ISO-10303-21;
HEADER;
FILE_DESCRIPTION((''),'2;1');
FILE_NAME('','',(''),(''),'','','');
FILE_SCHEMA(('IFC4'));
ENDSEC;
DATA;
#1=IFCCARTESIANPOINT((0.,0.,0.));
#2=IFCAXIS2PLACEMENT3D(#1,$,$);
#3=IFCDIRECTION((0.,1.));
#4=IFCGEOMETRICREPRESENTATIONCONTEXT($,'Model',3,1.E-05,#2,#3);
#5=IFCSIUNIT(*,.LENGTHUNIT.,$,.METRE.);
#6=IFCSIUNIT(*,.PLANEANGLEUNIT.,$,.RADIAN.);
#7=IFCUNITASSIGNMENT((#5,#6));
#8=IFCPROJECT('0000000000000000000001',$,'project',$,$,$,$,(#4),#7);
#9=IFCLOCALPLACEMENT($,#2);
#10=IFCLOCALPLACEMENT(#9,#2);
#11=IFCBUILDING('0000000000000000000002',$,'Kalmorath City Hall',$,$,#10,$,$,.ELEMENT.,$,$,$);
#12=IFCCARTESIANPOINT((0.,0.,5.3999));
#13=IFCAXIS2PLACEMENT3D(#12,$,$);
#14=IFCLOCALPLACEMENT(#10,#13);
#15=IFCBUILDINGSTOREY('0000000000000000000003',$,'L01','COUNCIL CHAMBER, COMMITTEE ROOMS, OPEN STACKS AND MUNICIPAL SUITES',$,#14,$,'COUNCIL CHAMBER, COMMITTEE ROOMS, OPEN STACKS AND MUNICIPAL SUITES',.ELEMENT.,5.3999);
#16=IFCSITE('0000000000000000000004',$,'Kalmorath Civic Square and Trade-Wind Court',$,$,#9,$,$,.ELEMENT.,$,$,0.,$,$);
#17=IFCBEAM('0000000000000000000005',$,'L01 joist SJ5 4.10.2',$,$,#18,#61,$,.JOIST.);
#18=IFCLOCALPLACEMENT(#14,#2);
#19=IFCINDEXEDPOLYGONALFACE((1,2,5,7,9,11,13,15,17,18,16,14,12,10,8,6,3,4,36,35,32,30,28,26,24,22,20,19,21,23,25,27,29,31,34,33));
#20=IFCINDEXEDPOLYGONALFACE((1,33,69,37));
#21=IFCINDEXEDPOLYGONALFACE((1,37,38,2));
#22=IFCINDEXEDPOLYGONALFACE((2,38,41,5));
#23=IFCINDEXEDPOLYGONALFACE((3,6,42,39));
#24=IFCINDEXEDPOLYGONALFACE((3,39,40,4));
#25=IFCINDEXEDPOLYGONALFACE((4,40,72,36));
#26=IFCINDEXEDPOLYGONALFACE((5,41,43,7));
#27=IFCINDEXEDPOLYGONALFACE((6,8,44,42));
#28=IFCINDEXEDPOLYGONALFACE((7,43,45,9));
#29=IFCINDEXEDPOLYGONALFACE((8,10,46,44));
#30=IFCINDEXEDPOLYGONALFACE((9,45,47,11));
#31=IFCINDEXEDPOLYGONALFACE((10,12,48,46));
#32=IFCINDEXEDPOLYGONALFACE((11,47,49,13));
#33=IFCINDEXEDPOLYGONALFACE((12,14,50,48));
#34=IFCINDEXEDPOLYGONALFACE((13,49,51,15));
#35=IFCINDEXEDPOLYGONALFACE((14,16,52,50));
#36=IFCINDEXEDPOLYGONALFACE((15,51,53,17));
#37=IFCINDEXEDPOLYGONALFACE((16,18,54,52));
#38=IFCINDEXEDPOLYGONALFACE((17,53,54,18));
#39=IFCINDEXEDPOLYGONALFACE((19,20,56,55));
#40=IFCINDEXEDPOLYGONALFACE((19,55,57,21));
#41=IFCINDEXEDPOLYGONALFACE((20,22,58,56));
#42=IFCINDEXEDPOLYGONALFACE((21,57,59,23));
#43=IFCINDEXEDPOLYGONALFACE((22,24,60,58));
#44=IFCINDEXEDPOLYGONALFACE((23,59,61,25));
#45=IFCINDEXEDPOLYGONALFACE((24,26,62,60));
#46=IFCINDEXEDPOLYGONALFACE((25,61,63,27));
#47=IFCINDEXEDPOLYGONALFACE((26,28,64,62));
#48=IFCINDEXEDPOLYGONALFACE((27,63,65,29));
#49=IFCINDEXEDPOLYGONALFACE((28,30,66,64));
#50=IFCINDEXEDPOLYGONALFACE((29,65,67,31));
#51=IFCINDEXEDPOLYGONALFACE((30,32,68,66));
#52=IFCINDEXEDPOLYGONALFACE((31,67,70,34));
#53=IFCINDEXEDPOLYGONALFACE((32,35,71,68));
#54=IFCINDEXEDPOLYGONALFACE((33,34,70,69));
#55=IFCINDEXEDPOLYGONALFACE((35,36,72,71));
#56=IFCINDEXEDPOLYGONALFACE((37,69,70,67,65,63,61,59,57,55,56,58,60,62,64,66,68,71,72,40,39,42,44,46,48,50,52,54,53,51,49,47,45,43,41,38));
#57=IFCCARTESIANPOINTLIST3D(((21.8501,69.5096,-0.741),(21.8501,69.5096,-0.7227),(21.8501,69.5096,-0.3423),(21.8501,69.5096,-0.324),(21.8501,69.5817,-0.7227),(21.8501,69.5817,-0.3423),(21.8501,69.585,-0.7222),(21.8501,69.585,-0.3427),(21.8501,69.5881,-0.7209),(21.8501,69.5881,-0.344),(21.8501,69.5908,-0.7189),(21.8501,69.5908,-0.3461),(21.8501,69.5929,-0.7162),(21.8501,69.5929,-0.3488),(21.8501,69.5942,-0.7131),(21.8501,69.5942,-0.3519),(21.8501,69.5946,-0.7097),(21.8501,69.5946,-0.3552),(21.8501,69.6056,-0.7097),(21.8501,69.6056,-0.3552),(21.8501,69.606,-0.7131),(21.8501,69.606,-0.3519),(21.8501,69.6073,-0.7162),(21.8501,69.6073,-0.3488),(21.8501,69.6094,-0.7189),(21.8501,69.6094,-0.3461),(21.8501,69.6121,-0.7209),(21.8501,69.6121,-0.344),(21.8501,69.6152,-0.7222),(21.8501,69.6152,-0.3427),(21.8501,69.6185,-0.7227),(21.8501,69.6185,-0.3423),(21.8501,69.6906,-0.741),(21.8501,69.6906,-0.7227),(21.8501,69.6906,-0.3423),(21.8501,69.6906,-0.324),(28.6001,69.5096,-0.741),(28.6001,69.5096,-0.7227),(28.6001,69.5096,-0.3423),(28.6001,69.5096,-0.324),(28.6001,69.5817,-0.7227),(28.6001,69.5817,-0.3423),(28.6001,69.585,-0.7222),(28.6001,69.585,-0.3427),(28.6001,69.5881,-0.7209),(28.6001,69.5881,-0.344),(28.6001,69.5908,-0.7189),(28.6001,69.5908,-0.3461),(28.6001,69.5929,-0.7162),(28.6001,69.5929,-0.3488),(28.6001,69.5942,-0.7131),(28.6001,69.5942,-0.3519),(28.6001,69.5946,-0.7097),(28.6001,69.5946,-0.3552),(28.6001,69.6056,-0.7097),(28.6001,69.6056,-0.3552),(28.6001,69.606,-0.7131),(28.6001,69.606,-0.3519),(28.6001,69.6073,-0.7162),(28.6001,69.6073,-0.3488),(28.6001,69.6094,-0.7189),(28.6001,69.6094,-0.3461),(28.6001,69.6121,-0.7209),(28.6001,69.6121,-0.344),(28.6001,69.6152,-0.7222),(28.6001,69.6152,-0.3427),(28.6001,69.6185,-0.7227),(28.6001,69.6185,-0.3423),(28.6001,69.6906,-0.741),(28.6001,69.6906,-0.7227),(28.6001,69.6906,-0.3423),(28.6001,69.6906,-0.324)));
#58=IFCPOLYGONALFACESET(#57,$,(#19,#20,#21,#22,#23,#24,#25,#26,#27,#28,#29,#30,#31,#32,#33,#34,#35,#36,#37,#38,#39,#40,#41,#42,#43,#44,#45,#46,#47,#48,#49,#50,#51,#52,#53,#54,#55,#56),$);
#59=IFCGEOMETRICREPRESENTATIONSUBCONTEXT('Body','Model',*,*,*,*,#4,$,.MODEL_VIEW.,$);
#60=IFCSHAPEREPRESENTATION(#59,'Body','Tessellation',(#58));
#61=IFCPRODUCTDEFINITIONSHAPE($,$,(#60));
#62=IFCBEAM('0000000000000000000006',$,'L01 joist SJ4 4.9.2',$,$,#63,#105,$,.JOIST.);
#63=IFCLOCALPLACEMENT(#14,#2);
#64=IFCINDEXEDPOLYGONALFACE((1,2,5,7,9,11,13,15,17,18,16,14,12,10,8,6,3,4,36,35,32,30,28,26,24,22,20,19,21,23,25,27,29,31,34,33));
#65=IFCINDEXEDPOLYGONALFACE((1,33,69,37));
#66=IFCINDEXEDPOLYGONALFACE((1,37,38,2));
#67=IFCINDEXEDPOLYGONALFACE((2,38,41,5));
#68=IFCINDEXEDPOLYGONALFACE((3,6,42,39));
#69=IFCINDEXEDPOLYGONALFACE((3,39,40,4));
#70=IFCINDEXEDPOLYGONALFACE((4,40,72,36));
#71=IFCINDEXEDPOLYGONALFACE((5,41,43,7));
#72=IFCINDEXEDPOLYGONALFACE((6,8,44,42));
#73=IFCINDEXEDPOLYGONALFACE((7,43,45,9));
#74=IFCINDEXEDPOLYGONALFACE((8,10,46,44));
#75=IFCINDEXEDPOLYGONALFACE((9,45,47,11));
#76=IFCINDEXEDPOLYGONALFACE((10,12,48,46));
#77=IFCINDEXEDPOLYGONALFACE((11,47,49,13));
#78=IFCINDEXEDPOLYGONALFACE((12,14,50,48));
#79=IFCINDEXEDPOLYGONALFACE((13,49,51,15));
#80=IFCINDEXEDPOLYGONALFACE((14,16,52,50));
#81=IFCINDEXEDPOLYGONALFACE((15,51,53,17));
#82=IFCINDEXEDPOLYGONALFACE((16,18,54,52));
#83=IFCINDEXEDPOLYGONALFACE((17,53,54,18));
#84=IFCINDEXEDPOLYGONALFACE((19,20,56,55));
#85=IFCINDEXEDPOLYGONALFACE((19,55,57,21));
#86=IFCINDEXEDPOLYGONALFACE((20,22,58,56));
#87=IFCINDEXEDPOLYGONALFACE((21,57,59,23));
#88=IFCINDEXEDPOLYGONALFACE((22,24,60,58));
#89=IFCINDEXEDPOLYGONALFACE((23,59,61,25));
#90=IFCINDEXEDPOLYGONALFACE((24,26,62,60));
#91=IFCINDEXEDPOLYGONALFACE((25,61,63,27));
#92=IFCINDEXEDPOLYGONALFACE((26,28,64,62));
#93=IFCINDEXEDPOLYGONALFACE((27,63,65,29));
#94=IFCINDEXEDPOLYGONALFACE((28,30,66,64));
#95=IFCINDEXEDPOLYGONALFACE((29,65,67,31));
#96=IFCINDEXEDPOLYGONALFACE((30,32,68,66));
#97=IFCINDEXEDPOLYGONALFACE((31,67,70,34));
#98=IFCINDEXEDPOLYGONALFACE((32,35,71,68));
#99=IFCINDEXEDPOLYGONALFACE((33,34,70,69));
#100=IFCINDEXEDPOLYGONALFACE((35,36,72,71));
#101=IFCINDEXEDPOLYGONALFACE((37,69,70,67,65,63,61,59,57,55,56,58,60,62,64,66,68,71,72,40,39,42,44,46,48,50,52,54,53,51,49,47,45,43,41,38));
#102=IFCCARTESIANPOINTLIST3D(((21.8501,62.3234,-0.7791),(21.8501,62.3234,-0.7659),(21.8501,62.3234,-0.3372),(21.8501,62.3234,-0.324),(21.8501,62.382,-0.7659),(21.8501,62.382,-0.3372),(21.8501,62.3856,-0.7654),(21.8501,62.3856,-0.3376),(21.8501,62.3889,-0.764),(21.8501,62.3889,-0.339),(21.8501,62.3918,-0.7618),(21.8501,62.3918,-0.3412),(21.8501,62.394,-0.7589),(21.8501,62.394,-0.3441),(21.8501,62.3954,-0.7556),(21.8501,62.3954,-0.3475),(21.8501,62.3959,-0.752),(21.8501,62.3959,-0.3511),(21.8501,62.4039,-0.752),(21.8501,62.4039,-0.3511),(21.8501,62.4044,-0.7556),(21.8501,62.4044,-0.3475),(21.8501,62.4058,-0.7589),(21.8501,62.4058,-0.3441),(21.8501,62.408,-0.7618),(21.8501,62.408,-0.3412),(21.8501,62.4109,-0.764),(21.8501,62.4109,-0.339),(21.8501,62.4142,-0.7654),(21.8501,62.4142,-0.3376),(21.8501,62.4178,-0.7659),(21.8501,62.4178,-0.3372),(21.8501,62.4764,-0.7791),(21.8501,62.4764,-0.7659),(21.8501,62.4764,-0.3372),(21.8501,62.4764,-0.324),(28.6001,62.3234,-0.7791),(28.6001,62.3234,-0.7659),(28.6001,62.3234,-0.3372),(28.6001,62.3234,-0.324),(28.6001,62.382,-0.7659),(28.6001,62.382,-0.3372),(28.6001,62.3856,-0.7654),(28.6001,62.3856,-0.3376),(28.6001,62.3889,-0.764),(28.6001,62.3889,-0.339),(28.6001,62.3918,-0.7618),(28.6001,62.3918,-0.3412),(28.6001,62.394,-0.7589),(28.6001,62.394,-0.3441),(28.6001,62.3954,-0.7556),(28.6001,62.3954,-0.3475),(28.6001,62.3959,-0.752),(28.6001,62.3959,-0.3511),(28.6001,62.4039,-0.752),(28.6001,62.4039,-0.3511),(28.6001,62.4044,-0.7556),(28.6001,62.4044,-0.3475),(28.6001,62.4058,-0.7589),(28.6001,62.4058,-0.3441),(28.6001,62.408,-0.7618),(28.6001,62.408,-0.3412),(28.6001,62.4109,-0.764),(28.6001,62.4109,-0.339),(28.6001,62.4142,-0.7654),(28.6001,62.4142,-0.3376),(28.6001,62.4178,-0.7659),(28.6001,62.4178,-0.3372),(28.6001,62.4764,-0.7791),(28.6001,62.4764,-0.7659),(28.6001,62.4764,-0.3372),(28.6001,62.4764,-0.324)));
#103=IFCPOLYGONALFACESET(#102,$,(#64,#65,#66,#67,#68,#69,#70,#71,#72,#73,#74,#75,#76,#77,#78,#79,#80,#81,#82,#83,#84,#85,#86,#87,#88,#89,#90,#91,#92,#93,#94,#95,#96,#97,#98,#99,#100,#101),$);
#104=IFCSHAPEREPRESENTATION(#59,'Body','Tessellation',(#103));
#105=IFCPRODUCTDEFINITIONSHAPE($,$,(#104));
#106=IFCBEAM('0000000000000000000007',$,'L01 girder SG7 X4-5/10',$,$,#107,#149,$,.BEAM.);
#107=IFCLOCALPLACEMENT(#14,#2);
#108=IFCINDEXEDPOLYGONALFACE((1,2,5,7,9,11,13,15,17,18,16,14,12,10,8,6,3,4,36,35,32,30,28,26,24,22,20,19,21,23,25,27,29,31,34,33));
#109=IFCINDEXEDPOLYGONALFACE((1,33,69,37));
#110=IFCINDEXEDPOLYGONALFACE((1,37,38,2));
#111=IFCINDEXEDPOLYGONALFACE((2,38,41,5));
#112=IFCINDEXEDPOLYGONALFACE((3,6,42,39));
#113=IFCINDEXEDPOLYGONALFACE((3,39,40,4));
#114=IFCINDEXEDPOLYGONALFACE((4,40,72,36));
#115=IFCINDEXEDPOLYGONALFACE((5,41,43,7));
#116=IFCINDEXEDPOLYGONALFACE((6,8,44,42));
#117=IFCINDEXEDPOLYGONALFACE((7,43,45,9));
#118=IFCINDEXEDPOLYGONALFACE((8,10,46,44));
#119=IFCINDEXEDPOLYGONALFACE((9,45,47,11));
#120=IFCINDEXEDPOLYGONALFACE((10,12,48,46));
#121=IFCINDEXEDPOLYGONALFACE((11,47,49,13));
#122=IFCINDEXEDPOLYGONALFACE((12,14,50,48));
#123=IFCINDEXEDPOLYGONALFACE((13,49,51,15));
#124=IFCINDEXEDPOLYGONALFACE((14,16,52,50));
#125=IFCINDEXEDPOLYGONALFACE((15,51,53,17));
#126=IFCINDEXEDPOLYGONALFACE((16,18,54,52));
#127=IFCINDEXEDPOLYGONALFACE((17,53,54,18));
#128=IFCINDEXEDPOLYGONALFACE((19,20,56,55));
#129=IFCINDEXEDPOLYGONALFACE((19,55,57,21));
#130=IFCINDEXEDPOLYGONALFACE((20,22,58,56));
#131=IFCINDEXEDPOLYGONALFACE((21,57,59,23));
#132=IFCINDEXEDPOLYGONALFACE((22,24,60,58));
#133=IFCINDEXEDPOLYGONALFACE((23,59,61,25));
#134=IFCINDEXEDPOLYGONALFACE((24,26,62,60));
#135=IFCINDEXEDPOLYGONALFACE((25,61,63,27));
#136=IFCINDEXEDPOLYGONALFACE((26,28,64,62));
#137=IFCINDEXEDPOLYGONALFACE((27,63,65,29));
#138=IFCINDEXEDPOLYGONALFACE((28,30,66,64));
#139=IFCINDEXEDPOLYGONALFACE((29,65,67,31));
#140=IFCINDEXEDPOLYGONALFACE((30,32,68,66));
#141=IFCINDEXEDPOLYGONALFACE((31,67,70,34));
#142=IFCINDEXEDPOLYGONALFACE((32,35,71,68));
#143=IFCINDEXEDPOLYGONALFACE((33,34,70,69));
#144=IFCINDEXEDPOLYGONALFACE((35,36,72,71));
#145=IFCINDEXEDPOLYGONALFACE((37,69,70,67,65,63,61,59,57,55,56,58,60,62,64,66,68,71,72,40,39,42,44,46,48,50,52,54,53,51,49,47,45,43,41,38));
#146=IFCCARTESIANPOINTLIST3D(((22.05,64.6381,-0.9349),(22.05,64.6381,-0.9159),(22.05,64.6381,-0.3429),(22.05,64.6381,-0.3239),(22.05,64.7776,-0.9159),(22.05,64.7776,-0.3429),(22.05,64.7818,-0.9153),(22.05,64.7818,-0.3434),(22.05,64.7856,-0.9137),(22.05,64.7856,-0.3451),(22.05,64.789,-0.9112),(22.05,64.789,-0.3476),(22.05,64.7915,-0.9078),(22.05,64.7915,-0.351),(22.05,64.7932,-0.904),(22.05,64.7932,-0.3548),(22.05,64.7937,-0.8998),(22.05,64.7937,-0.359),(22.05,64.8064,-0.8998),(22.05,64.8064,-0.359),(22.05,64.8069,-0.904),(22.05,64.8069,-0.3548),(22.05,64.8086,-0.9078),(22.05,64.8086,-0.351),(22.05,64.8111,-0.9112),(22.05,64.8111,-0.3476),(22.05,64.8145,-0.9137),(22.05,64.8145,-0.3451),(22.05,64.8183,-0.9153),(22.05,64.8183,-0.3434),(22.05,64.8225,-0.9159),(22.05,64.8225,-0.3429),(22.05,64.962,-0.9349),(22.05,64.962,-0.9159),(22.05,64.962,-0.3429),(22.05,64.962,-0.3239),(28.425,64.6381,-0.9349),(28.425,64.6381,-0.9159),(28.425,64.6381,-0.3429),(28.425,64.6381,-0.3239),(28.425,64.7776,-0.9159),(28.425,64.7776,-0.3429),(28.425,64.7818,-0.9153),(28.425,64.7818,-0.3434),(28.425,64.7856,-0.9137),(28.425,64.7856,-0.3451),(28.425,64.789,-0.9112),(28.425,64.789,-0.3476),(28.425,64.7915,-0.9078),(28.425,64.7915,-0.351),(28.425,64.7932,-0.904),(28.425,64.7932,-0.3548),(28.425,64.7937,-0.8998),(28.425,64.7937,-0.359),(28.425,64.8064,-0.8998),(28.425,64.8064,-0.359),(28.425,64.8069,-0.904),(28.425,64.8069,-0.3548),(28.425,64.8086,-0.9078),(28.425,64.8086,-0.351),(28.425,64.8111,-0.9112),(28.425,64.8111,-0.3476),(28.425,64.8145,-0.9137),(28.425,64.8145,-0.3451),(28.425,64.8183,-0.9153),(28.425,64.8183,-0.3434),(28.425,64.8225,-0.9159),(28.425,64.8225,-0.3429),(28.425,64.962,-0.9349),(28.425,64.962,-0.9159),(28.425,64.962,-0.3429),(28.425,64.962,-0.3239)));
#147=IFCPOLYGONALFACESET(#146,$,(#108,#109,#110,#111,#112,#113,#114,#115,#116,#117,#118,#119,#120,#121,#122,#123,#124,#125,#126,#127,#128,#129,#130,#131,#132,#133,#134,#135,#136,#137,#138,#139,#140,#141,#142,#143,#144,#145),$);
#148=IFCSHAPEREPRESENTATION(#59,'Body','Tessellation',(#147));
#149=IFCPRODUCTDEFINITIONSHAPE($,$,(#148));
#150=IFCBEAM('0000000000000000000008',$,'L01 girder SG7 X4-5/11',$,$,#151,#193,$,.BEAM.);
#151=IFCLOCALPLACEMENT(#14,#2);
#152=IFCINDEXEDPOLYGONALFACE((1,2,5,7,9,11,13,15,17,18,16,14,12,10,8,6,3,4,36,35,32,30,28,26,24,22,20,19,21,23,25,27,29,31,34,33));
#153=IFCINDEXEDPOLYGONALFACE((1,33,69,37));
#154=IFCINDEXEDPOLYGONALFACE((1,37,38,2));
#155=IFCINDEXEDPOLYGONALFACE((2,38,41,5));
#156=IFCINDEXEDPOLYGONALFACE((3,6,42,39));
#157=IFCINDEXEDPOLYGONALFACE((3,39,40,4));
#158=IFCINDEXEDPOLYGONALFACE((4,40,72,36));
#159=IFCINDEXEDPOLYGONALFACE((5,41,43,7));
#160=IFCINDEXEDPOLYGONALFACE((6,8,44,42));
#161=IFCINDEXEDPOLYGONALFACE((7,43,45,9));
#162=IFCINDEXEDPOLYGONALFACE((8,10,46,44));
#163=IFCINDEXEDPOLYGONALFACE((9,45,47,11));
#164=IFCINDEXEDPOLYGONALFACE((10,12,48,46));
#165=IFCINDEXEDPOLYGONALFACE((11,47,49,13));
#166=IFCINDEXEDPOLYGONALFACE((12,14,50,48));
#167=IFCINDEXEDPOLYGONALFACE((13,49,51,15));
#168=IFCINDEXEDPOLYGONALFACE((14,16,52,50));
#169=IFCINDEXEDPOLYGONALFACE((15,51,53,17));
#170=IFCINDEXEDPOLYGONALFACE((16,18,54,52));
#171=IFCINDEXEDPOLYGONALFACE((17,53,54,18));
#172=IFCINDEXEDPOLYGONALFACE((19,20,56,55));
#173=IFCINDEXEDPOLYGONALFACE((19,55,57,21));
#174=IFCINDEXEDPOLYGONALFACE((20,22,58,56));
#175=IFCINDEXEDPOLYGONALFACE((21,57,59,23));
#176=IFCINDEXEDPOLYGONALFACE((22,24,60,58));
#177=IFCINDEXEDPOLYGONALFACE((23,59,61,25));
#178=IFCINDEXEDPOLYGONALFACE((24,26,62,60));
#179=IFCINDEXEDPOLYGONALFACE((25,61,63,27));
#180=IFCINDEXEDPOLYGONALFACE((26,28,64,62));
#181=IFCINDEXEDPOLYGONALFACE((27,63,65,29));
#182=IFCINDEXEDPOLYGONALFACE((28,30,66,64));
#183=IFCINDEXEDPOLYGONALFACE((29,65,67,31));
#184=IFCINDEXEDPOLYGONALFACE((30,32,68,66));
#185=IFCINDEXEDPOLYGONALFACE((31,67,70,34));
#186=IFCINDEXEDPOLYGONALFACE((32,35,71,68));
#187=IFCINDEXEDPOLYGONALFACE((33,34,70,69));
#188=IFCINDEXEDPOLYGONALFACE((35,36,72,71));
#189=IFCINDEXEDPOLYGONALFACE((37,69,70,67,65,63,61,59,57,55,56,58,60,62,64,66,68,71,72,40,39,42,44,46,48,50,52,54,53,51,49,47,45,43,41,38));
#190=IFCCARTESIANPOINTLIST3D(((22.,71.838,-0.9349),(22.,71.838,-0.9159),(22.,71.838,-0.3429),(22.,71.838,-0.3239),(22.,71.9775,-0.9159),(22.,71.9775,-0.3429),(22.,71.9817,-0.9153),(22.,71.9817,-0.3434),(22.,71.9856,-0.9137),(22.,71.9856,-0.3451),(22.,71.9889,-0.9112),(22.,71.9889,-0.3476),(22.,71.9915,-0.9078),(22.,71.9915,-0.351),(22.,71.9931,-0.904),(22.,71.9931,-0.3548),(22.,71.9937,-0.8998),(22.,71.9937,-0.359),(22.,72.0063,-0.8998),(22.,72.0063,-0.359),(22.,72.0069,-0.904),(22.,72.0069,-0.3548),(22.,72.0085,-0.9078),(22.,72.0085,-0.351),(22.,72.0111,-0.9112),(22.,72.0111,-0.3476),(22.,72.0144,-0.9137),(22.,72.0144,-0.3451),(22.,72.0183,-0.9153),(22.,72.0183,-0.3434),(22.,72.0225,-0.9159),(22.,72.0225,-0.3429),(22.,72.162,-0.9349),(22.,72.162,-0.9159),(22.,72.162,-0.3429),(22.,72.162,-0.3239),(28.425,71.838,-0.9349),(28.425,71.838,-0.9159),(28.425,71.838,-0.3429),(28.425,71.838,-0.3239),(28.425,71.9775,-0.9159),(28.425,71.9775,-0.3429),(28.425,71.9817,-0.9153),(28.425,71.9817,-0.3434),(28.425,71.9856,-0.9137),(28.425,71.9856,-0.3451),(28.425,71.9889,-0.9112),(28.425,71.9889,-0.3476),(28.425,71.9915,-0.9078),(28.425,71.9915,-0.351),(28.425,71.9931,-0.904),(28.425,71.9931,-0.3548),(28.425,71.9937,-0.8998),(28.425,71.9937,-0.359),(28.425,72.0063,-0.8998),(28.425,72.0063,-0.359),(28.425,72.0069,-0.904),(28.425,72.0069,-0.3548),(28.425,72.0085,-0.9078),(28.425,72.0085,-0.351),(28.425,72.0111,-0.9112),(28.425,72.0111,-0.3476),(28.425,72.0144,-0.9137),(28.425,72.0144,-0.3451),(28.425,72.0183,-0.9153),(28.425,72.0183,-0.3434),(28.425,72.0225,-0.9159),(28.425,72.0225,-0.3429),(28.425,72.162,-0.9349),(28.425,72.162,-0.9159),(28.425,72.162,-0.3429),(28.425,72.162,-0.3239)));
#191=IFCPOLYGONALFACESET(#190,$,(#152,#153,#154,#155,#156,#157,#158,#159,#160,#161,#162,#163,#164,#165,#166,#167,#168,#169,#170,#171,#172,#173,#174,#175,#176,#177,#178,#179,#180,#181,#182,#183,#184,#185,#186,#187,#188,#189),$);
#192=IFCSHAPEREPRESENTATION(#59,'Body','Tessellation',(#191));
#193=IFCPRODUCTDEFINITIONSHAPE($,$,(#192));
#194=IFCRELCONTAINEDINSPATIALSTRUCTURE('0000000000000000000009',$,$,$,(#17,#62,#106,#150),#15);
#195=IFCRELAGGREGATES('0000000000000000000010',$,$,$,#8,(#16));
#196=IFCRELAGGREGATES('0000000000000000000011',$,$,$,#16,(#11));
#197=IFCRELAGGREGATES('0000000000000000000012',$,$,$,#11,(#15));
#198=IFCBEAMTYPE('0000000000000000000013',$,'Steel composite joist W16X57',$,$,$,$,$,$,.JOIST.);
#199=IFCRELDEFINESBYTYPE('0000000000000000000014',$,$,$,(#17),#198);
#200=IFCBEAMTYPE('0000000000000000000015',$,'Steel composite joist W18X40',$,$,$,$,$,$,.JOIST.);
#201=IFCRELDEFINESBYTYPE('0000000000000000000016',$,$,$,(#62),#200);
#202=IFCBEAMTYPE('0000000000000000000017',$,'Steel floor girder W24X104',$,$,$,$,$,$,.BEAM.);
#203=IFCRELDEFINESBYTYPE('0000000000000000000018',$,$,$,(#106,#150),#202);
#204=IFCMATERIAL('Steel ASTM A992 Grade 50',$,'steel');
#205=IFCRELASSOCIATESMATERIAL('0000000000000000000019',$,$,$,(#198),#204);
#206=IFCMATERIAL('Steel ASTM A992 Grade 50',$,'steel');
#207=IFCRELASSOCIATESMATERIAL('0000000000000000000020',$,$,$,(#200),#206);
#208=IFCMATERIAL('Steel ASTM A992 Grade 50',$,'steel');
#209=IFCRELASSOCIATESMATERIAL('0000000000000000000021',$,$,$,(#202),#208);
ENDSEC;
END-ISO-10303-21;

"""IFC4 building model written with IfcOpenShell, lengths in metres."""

from ifc_helpers import new_model, si_unit, direction, frame, origin, origin_2d, place, context, subcontext, project, spatial, i_section, extrude, material, material_profile, profile_set, type_object, element, save


model = new_model("IFC4")

# Units and contexts
model_context = context("Model", 3, precision=1e-05, world=origin(), true_north=direction((0.0, 1.0)))
body_context = subcontext(model_context, "Body", "Model", "MODEL_VIEW")
ifc_project = project(units=[si_unit("LENGTHUNIT", "METRE"), si_unit("PLANEANGLEUNIT", "RADIAN")], contexts=[model_context])

# Site, building, storey
site_placement = place(None, origin())
site = spatial("IfcSite", under=ifc_project, at=site_placement, Name="Kalmorath Civic Square and Trade-Wind Court", CompositionType="ELEMENT", RefElevation=0.0)
building_placement = place(site_placement, origin())
building = spatial("IfcBuilding", under=site, at=building_placement, Name="Kalmorath City Hall", CompositionType="ELEMENT")
storey_placement = place(building_placement, frame((0.0, 0.0, 5.3999)))
storey = spatial("IfcBuildingStorey", under=building, at=storey_placement, Name="L01", Description="COUNCIL CHAMBER, COMMITTEE ROOMS, OPEN STACKS AND MUNICIPAL SUITES", LongName="COUNCIL CHAMBER, COMMITTEE ROOMS, OPEN STACKS AND MUNICIPAL SUITES", CompositionType="ELEMENT", Elevation=5.3999)

# Beams
ifc_material_1 = material(Name="Steel ASTM A992 Grade 50", Category="steel")
ifc_material_profile_1 = material_profile(ifc_material_1, i_section(OverallWidth=0.1809, OverallDepth=0.417, WebThickness=0.011, FlangeThickness=0.0183, FilletRadius=0.0129, at=origin_2d()), Name="W16X57")
ifc_profile_set_1 = profile_set([ifc_material_profile_1], Name="Steel ASTM A992 Grade 50")
beam_type_1 = type_object("IfcBeamType", Name="Steel composite joist W16X57", PredefinedType="JOIST", material=ifc_profile_set_1)
for number, where, z_axis, x_axis, name in (
    (1, (21.8501, 69.6001, -0.5325), (1.0, 0.0, 0.0), (0.0, 1.0, 0.0), "L01 joist SJ5 4.10.2"),
):
    element("IfcBeam", number, at=place(storey_placement, frame(where, z_axis=z_axis, x_axis=x_axis)), inside=storey, type_object=beam_type_1, Name=name, PredefinedType="JOIST", context=body_context, shape_type="SweptSolid", body=[
        extrude(i_section(OverallWidth=0.1809, OverallDepth=0.417, WebThickness=0.011, FlangeThickness=0.0183, FilletRadius=0.0129, at=origin_2d()), origin(), (0.0, 0.0, 1.0), 6.75),
    ])
ifc_material_2 = material(Name="Steel ASTM A992 Grade 50", Category="steel")
ifc_material_profile_2 = material_profile(ifc_material_2, i_section(OverallWidth=0.1531, OverallDepth=0.4551, WebThickness=0.0081, FlangeThickness=0.0132, FilletRadius=0.0139, at=origin_2d()), Name="W18X40")
ifc_profile_set_2 = profile_set([ifc_material_profile_2], Name="Steel ASTM A992 Grade 50")
beam_type_2 = type_object("IfcBeamType", Name="Steel composite joist W18X40", PredefinedType="JOIST", material=ifc_profile_set_2)
beam_1_placement = place(storey_placement, frame((21.8501, 62.3999, -0.5515), z_axis=(1.0, 0.0, 0.0), x_axis=(0.0, 1.0, 0.0)))
element("IfcBeam", 2, at=beam_1_placement, inside=storey, type_object=beam_type_2, Name="L01 joist SJ4 4.9.2", PredefinedType="JOIST", context=body_context, shape_type="SweptSolid", body=[
    extrude(i_section(OverallWidth=0.1531, OverallDepth=0.4551, WebThickness=0.0081, FlangeThickness=0.0132, FilletRadius=0.0139, at=origin_2d()), origin(), (0.0, 0.0, 1.0), 6.75),
])
ifc_material_3 = material(Name="Steel ASTM A992 Grade 50", Category="steel")
ifc_material_profile_3 = material_profile(ifc_material_3, i_section(OverallWidth=0.324, OverallDepth=0.6111, WebThickness=0.0127, FlangeThickness=0.019, FilletRadius=0.0161, at=origin_2d()), Name="W24X104")
ifc_profile_set_3 = profile_set([ifc_material_profile_3], Name="Steel ASTM A992 Grade 50")
beam_type_3 = type_object("IfcBeamType", Name="Steel floor girder W24X104", PredefinedType="BEAM", material=ifc_profile_set_3)
beam_2_placement = place(storey_placement, frame((22.05, 64.8, -0.6294), z_axis=(1.0, 0.0, 0.0), x_axis=(0.0, 1.0, 0.0)))
element("IfcBeam", 3, at=beam_2_placement, inside=storey, type_object=beam_type_3, Name="L01 girder SG7 X4-5/10", PredefinedType="BEAM", context=body_context, shape_type="SweptSolid", body=[
    extrude(i_section(OverallWidth=0.324, OverallDepth=0.6111, WebThickness=0.0127, FlangeThickness=0.019, FilletRadius=0.0161, at=origin_2d()), origin(), (0.0, 0.0, 1.0), 6.375),
])
beam_3_placement = place(storey_placement, frame((22.0, 72.0, -0.6294), z_axis=(1.0, 0.0, 0.0), x_axis=(0.0, 1.0, 0.0)))
element("IfcBeam", 4, at=beam_3_placement, inside=storey, type_object=beam_type_3, Name="L01 girder SG7 X4-5/11", PredefinedType="BEAM", context=body_context, shape_type="SweptSolid", body=[
    extrude(i_section(OverallWidth=0.324, OverallDepth=0.6111, WebThickness=0.0127, FlangeThickness=0.019, FilletRadius=0.0161, at=origin_2d()), origin(), (0.0, 0.0, 1.0), 6.425),
])

save(model, "model.ifc")
